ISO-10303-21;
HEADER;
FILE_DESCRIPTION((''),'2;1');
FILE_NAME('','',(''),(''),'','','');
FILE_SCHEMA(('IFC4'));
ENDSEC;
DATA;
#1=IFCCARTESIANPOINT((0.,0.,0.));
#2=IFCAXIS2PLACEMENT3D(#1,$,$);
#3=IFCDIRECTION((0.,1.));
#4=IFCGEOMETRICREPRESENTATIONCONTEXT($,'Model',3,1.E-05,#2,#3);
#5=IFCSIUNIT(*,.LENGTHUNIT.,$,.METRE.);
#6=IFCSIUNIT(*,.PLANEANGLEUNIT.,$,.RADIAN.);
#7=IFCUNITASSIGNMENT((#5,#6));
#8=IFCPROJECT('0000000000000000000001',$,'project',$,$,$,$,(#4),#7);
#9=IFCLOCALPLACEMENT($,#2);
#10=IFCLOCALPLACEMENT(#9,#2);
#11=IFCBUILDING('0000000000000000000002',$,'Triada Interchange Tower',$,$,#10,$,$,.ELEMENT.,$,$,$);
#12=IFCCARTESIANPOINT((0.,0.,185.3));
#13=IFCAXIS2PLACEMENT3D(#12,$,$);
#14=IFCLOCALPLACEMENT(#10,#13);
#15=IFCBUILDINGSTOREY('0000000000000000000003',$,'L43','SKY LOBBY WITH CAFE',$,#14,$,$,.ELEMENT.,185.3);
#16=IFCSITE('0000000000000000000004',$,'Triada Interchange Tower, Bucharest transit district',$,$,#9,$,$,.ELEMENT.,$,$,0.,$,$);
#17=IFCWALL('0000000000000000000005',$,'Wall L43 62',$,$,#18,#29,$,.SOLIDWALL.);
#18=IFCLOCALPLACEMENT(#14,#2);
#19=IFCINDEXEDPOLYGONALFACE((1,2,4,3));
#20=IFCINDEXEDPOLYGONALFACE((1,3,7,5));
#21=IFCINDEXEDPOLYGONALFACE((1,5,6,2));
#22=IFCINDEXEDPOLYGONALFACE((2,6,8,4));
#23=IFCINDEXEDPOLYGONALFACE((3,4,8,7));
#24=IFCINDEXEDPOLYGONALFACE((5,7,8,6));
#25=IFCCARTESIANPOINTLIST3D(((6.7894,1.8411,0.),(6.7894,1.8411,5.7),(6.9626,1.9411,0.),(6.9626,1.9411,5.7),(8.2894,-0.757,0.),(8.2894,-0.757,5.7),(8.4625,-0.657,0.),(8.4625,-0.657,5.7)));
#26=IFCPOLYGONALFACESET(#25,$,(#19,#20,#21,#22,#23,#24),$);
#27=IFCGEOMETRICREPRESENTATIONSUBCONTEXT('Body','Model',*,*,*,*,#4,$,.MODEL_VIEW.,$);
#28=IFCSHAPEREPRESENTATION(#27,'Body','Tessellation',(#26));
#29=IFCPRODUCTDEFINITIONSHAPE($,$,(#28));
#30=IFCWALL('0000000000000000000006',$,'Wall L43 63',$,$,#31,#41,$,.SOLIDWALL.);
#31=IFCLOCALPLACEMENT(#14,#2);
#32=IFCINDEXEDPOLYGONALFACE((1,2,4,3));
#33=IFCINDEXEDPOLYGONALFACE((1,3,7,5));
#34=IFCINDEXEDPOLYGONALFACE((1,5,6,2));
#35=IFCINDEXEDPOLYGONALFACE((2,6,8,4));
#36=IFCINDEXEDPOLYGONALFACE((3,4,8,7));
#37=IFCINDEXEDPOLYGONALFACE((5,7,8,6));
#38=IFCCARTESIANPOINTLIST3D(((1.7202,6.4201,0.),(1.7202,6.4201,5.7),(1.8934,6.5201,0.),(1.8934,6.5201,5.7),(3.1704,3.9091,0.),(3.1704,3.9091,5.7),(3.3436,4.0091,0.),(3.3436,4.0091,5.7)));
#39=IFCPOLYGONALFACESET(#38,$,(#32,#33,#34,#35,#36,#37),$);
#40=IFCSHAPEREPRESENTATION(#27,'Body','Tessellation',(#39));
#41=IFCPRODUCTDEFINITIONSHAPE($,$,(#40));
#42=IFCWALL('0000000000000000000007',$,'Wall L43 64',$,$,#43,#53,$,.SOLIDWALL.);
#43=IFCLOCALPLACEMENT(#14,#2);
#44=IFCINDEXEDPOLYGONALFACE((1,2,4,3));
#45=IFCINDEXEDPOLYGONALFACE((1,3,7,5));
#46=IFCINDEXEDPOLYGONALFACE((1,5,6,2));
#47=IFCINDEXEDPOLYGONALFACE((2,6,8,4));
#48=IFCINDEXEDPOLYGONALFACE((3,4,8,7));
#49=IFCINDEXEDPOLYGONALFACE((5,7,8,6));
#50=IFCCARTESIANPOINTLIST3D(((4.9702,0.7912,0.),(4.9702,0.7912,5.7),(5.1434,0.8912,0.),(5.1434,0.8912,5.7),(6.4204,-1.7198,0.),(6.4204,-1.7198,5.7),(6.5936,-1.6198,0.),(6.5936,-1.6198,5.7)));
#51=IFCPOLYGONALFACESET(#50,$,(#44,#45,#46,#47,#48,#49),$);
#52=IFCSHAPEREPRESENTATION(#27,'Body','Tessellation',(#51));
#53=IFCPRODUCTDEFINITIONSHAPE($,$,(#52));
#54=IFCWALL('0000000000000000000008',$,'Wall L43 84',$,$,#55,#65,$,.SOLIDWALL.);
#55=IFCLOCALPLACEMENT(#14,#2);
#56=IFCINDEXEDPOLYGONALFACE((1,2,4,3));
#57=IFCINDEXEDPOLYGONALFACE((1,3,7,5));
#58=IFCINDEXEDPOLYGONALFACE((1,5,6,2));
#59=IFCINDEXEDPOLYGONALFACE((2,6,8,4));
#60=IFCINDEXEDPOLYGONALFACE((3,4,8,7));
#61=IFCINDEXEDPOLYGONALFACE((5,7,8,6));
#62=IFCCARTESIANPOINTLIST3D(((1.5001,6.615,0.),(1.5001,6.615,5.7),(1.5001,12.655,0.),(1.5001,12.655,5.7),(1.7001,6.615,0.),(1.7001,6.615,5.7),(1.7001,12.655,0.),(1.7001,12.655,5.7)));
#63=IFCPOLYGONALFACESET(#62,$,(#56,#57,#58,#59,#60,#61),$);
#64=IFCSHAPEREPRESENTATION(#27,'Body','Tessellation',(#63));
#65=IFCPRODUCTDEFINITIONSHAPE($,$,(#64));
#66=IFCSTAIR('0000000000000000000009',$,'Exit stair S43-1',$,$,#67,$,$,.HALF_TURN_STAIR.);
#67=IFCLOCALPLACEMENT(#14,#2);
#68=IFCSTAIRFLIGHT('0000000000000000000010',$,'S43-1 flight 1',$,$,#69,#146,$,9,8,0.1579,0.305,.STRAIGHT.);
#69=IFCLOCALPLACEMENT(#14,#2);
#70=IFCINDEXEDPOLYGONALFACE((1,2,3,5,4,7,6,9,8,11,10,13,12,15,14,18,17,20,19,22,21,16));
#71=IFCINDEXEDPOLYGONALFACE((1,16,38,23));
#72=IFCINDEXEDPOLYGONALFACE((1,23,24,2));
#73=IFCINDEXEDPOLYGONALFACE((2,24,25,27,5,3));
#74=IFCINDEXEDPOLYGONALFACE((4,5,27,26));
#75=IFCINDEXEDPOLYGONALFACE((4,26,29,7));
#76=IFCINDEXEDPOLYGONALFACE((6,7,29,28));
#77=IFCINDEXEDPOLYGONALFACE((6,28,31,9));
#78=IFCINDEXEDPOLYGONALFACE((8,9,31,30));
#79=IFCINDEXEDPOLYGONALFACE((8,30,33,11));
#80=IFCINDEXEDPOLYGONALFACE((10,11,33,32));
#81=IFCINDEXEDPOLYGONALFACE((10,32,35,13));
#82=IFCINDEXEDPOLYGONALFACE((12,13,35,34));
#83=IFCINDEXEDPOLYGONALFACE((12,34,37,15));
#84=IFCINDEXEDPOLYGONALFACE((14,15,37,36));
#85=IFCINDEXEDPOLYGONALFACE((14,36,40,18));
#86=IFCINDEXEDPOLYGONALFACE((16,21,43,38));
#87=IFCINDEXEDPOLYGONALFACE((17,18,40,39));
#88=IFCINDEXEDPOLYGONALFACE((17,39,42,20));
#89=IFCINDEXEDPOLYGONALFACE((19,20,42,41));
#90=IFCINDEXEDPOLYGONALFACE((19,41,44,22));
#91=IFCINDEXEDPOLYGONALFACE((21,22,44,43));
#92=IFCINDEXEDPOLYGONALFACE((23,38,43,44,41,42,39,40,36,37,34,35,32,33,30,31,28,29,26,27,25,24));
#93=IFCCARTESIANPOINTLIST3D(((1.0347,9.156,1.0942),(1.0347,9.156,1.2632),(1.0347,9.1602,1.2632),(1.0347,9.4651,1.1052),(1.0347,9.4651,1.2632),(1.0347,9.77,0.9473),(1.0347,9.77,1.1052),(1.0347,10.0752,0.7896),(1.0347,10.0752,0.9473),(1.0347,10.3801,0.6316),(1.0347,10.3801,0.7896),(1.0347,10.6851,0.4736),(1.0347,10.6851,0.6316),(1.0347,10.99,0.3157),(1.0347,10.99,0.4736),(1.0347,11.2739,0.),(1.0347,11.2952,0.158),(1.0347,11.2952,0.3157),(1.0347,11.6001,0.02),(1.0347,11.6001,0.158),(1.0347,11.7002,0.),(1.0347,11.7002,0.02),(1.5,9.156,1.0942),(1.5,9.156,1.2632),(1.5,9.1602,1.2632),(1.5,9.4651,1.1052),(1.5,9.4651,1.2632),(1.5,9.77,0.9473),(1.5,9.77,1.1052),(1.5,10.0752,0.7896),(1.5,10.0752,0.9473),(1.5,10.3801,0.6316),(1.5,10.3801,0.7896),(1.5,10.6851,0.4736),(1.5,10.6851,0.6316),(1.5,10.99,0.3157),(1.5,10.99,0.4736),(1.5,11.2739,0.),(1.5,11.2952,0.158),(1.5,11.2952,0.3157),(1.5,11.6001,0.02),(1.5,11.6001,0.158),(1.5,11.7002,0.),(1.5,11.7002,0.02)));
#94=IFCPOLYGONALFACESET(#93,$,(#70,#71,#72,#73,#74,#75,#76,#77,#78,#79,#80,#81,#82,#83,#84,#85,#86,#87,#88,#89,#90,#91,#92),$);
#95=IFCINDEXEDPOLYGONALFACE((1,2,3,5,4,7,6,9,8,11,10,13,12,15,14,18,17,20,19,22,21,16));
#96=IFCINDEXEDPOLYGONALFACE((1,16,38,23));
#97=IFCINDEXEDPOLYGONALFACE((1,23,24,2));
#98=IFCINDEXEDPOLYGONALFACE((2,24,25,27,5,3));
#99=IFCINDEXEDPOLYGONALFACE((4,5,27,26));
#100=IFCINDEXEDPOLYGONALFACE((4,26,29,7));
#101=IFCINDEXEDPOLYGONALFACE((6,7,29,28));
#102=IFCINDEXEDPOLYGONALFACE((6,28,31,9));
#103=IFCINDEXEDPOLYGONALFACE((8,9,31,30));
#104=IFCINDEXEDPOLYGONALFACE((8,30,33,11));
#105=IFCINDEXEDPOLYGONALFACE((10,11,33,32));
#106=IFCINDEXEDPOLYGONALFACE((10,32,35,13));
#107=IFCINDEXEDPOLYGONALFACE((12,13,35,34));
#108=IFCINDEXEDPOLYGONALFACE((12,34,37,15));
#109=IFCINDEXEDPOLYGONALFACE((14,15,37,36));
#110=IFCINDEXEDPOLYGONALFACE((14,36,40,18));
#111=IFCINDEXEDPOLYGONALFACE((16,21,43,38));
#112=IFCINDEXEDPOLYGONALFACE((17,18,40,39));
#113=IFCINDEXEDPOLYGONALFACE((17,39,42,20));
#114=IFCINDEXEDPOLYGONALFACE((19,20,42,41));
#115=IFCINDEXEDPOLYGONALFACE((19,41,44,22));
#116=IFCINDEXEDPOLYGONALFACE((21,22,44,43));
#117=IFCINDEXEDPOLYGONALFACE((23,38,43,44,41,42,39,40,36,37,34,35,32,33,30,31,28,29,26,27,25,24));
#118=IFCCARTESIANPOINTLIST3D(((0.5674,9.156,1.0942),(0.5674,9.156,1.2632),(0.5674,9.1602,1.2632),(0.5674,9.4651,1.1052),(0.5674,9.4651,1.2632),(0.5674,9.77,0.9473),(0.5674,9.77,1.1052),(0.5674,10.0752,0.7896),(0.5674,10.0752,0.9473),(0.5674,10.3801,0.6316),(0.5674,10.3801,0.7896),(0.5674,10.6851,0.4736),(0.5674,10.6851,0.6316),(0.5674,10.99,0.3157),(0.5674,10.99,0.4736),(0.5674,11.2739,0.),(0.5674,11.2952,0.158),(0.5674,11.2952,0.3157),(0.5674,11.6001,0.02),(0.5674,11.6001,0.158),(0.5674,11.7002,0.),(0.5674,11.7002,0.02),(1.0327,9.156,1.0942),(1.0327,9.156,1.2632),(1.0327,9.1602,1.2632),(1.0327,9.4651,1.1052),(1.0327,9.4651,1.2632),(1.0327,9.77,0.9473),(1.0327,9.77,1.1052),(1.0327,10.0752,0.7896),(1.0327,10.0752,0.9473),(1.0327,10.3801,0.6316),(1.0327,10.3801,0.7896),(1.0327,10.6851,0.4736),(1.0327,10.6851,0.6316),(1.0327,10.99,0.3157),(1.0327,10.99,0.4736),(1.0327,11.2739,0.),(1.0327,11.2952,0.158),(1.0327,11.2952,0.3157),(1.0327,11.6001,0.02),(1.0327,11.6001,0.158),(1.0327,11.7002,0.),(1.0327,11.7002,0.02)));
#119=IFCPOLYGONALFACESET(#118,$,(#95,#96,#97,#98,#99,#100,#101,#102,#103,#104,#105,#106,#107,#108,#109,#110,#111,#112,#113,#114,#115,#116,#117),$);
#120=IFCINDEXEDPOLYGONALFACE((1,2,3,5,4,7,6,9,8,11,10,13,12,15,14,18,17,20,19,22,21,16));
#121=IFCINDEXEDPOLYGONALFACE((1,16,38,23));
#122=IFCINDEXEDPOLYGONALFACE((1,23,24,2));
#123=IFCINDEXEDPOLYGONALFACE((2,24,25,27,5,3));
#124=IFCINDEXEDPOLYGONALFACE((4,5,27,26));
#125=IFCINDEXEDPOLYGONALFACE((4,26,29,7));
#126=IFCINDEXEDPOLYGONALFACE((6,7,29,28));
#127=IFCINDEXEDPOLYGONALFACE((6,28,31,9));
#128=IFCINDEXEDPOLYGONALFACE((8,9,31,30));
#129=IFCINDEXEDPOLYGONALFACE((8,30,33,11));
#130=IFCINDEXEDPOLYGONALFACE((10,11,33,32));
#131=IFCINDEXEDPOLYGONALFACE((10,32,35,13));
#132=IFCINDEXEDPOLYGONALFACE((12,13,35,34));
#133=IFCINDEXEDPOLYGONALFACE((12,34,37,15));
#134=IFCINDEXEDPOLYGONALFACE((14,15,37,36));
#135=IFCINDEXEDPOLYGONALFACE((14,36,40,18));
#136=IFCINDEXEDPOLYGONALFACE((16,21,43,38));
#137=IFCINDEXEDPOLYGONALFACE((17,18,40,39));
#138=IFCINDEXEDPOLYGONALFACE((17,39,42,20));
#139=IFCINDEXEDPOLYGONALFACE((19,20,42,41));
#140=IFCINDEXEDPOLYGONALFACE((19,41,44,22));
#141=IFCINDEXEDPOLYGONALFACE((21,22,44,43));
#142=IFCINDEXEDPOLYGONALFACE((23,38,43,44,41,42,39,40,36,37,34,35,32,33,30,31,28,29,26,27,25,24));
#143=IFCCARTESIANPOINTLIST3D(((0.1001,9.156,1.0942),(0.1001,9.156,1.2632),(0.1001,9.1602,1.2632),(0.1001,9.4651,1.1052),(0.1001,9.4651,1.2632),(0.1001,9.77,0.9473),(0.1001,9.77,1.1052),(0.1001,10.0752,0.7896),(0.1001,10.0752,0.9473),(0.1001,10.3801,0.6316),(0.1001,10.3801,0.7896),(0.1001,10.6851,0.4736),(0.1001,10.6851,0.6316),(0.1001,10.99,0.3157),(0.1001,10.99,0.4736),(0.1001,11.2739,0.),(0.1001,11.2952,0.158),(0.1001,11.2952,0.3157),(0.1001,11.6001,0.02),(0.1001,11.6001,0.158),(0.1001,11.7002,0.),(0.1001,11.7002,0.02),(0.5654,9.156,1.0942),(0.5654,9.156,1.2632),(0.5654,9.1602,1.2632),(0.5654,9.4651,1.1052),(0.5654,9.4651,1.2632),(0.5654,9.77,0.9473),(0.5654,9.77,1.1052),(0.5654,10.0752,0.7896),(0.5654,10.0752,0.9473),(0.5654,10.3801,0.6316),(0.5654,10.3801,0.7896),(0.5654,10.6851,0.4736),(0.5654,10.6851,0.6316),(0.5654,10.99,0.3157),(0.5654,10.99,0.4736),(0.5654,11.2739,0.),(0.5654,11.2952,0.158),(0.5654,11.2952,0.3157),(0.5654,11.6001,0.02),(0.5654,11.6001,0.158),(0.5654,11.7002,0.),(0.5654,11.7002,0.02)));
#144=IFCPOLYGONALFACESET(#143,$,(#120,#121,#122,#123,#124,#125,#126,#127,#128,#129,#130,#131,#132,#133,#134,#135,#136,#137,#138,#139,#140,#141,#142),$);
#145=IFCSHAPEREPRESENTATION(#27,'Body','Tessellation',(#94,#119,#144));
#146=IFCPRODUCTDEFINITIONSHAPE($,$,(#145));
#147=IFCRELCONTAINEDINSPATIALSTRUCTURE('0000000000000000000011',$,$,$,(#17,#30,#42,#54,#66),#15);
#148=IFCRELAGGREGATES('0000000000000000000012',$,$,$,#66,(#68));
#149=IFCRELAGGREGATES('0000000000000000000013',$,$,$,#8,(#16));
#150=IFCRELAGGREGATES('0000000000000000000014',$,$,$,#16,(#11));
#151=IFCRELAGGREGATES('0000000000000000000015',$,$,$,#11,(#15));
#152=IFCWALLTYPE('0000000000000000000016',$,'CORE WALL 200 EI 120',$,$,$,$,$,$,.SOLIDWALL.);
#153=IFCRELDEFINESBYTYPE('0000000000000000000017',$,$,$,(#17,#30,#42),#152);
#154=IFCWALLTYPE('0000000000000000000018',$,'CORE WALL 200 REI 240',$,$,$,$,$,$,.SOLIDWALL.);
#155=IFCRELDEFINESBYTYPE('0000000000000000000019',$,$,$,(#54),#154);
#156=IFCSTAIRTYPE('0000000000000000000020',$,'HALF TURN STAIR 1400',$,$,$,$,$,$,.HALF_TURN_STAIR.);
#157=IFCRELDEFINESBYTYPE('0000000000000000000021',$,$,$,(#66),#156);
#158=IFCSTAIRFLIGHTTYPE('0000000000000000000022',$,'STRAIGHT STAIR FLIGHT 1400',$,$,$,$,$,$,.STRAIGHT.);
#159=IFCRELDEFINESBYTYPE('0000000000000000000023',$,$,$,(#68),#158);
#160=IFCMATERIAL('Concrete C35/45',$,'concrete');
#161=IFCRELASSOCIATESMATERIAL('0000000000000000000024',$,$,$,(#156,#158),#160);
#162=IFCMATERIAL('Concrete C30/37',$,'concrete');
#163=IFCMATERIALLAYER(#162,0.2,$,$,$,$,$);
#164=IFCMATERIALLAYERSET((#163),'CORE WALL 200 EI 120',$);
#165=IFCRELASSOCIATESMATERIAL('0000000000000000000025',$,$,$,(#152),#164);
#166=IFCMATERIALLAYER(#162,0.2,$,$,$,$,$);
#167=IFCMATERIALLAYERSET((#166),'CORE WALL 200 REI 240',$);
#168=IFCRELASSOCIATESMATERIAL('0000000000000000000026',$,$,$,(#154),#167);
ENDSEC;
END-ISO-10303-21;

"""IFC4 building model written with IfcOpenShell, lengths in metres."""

from ifc_helpers import new_model, si_unit, direction, frame, frame_2d, origin, place, context, subcontext, project, spatial, polyline, rectangle, outline, extrude, material, layer, layer_set, type_object, element, aggregate, save


model = new_model("IFC4")

# Units and contexts
model_context = context("Model", 3, precision=1e-05, world=origin(), true_north=direction((0.0, 1.0)))
body_context = subcontext(model_context, "Body", "Model", "MODEL_VIEW")
ifc_project = project(units=[si_unit("LENGTHUNIT", "METRE"), si_unit("PLANEANGLEUNIT", "RADIAN")], contexts=[model_context])

# Site, building, storey
site_placement = place(None, origin())
site = spatial("IfcSite", under=ifc_project, at=site_placement, Name="Triada Interchange Tower, Bucharest transit district", CompositionType="ELEMENT", RefElevation=0.0)
building_placement = place(site_placement, origin())
building = spatial("IfcBuilding", under=site, at=building_placement, Name="Triada Interchange Tower", CompositionType="ELEMENT")
storey_placement = place(building_placement, frame((0.0, 0.0, 185.3)))
storey = spatial("IfcBuildingStorey", under=building, at=storey_placement, Name="L43", Description="SKY LOBBY WITH CAFE", CompositionType="ELEMENT", Elevation=185.3)

# Shared definitions
ifc_material_1 = material(Name="Concrete C35/45", Category="concrete")
stair_type = type_object("IfcStairType", Name="HALF TURN STAIR 1400", PredefinedType="HALF_TURN_STAIR", material=ifc_material_1)

# Shared definitions
ifc_material_2 = material(Name="Concrete C30/37", Category="concrete")
ifc_layer_1 = layer(ifc_material_2, 0.2)
ifc_layer_set_1 = layer_set([ifc_layer_1], Name="CORE WALL 200 EI 120")
wall_type_1 = type_object("IfcWallType", Name="CORE WALL 200 EI 120", PredefinedType="SOLIDWALL", material=ifc_layer_set_1)

# Walls
wall_1_placement = place(storey_placement, frame((6.876, 1.8911, 0.0), z_axis=(0.0, 0.0, 1.0), x_axis=(0.49999, -0.866031, 0.0)))
element("IfcWall", 1, at=wall_1_placement, inside=storey, type_object=wall_type_1, Name="Wall L43 62", PredefinedType="SOLIDWALL", context=body_context, shape_type="SweptSolid", body=[
    extrude(rectangle(XDim=3.0, YDim=0.2, at=frame_2d((1.5, 0.0))), origin(), (0.0, 0.0, 1.0), 5.7),
])
for number, where, z_axis, x_axis, name in (
    (2, (1.8069, 6.47, 0.0), (0.0, 0.0, 1.0), (0.500123, -0.865954, 0.0), "Wall L43 63"),
    (3, (5.0569, 0.8411, 0.0), (0.0, 0.0, 1.0), (0.500123, -0.865954, 0.0), "Wall L43 64"),
):
    element("IfcWall", number, at=place(storey_placement, frame(where, z_axis=z_axis, x_axis=x_axis)), inside=storey, type_object=wall_type_1, Name=name, PredefinedType="SOLIDWALL", context=body_context, shape_type="SweptSolid", body=[
        extrude(rectangle(XDim=2.8997, YDim=0.2, at=frame_2d((1.4497, 0.0))), origin(), (0.0, 0.0, 1.0), 5.7),
    ])
ifc_layer_2 = layer(ifc_material_2, 0.2)
ifc_layer_set_2 = layer_set([ifc_layer_2], Name="CORE WALL 200 REI 240")
wall_type_2 = type_object("IfcWallType", Name="CORE WALL 200 REI 240", PredefinedType="SOLIDWALL", material=ifc_layer_set_2)
wall_2_placement = place(storey_placement, frame((1.6001, 6.615, 0.0), z_axis=(0.0, 0.0, 1.0), x_axis=(0.0, 1.0, 0.0)))
element("IfcWall", 4, at=wall_2_placement, inside=storey, type_object=wall_type_2, Name="Wall L43 84", PredefinedType="SOLIDWALL", context=body_context, shape_type="SweptSolid", body=[
    extrude(rectangle(XDim=6.04, YDim=0.2, at=frame_2d((3.02, 0.0))), origin(), (0.0, 0.0, 1.0), 5.7),
])

# Stair, stair flight
stair_1_placement = place(storey_placement, origin())
stair_1 = element("IfcStair", 5, at=stair_1_placement, inside=storey, type_object=stair_type, Name="Exit stair S43-1", PredefinedType="HALF_TURN_STAIR")
stair_flight_type = type_object("IfcStairFlightType", Name="STRAIGHT STAIR FLIGHT 1400", PredefinedType="STRAIGHT", material=ifc_material_1)
stair_flight_1_placement = place(storey_placement, frame((0.8, 11.6001, 0.0), z_axis=(0.0, 0.0, 1.0), x_axis=(0.0, -1.0, 0.0)))
stair_flight_1 = element("IfcStairFlight", 6, at=stair_flight_1_placement, type_object=stair_flight_type, Name="S43-1 flight 1", NumberOfRisers=9, NumberOfTreads=8, PredefinedType="STRAIGHT", RiserHeight=0.1579, TreadLength=0.305, context=body_context, shape_type="SweptSolid", body=[
    extrude(outline(polyline([(-0.1001, 0.0), (-0.1001, 0.02), (0.0, 0.02), (0.0, 0.158), (0.3049, 0.158), (0.3049, 0.3157), (0.6101, 0.3157), (0.6101, 0.4736), (0.915, 0.4736), (0.915, 0.6316), (1.22, 0.6316), (1.22, 0.7896), (1.5249, 0.7896), (1.5249, 0.9473), (1.8301, 0.9473), (1.8301, 1.1052), (2.135, 1.1052), (2.135, 1.2632), (2.4399, 1.2632), (2.4441, 1.2632), (2.4441, 1.4209), (2.4441, 1.0942), (0.3262, 0.0), (-0.1001, 0.0)])), frame((0.0, 0.7, 0.0), z_axis=(0.0, -1.0, 0.0), x_axis=(1.0, 0.0, 0.0)), (0.0, 0.0, 1.0), 0.4653),
    extrude(outline(polyline([(-0.1001, 0.0), (-0.1001, 0.02), (0.0, 0.02), (0.0, 0.158), (0.3049, 0.158), (0.3049, 0.3157), (0.6101, 0.3157), (0.6101, 0.4736), (0.915, 0.4736), (0.915, 0.6316), (1.22, 0.6316), (1.22, 0.7896), (1.5249, 0.7896), (1.5249, 0.9473), (1.8301, 0.9473), (1.8301, 1.1052), (2.135, 1.1052), (2.135, 1.2632), (2.4399, 1.2632), (2.4441, 1.2632), (2.4441, 1.4209), (2.4441, 1.0942), (0.3262, 0.0), (-0.1001, 0.0)])), frame((0.0, 0.2327, 0.0), z_axis=(0.0, -1.0, 0.0), x_axis=(1.0, 0.0, 0.0)), (0.0, 0.0, 1.0), 0.4653),
    extrude(outline(polyline([(-0.1001, 0.0), (-0.1001, 0.02), (0.0, 0.02), (0.0, 0.158), (0.3049, 0.158), (0.3049, 0.3157), (0.6101, 0.3157), (0.6101, 0.4736), (0.915, 0.4736), (0.915, 0.6316), (1.22, 0.6316), (1.22, 0.7896), (1.5249, 0.7896), (1.5249, 0.9473), (1.8301, 0.9473), (1.8301, 1.1052), (2.135, 1.1052), (2.135, 1.2632), (2.4399, 1.2632), (2.4441, 1.2632), (2.4441, 1.4209), (2.4441, 1.0942), (0.3262, 0.0), (-0.1001, 0.0)])), frame((0.0, -0.2346, 0.0), z_axis=(0.0, -1.0, 0.0), x_axis=(1.0, 0.0, 0.0)), (0.0, 0.0, 1.0), 0.4653),
])
aggregate(stair_1, [stair_flight_1])

save(model, "model.ifc")
